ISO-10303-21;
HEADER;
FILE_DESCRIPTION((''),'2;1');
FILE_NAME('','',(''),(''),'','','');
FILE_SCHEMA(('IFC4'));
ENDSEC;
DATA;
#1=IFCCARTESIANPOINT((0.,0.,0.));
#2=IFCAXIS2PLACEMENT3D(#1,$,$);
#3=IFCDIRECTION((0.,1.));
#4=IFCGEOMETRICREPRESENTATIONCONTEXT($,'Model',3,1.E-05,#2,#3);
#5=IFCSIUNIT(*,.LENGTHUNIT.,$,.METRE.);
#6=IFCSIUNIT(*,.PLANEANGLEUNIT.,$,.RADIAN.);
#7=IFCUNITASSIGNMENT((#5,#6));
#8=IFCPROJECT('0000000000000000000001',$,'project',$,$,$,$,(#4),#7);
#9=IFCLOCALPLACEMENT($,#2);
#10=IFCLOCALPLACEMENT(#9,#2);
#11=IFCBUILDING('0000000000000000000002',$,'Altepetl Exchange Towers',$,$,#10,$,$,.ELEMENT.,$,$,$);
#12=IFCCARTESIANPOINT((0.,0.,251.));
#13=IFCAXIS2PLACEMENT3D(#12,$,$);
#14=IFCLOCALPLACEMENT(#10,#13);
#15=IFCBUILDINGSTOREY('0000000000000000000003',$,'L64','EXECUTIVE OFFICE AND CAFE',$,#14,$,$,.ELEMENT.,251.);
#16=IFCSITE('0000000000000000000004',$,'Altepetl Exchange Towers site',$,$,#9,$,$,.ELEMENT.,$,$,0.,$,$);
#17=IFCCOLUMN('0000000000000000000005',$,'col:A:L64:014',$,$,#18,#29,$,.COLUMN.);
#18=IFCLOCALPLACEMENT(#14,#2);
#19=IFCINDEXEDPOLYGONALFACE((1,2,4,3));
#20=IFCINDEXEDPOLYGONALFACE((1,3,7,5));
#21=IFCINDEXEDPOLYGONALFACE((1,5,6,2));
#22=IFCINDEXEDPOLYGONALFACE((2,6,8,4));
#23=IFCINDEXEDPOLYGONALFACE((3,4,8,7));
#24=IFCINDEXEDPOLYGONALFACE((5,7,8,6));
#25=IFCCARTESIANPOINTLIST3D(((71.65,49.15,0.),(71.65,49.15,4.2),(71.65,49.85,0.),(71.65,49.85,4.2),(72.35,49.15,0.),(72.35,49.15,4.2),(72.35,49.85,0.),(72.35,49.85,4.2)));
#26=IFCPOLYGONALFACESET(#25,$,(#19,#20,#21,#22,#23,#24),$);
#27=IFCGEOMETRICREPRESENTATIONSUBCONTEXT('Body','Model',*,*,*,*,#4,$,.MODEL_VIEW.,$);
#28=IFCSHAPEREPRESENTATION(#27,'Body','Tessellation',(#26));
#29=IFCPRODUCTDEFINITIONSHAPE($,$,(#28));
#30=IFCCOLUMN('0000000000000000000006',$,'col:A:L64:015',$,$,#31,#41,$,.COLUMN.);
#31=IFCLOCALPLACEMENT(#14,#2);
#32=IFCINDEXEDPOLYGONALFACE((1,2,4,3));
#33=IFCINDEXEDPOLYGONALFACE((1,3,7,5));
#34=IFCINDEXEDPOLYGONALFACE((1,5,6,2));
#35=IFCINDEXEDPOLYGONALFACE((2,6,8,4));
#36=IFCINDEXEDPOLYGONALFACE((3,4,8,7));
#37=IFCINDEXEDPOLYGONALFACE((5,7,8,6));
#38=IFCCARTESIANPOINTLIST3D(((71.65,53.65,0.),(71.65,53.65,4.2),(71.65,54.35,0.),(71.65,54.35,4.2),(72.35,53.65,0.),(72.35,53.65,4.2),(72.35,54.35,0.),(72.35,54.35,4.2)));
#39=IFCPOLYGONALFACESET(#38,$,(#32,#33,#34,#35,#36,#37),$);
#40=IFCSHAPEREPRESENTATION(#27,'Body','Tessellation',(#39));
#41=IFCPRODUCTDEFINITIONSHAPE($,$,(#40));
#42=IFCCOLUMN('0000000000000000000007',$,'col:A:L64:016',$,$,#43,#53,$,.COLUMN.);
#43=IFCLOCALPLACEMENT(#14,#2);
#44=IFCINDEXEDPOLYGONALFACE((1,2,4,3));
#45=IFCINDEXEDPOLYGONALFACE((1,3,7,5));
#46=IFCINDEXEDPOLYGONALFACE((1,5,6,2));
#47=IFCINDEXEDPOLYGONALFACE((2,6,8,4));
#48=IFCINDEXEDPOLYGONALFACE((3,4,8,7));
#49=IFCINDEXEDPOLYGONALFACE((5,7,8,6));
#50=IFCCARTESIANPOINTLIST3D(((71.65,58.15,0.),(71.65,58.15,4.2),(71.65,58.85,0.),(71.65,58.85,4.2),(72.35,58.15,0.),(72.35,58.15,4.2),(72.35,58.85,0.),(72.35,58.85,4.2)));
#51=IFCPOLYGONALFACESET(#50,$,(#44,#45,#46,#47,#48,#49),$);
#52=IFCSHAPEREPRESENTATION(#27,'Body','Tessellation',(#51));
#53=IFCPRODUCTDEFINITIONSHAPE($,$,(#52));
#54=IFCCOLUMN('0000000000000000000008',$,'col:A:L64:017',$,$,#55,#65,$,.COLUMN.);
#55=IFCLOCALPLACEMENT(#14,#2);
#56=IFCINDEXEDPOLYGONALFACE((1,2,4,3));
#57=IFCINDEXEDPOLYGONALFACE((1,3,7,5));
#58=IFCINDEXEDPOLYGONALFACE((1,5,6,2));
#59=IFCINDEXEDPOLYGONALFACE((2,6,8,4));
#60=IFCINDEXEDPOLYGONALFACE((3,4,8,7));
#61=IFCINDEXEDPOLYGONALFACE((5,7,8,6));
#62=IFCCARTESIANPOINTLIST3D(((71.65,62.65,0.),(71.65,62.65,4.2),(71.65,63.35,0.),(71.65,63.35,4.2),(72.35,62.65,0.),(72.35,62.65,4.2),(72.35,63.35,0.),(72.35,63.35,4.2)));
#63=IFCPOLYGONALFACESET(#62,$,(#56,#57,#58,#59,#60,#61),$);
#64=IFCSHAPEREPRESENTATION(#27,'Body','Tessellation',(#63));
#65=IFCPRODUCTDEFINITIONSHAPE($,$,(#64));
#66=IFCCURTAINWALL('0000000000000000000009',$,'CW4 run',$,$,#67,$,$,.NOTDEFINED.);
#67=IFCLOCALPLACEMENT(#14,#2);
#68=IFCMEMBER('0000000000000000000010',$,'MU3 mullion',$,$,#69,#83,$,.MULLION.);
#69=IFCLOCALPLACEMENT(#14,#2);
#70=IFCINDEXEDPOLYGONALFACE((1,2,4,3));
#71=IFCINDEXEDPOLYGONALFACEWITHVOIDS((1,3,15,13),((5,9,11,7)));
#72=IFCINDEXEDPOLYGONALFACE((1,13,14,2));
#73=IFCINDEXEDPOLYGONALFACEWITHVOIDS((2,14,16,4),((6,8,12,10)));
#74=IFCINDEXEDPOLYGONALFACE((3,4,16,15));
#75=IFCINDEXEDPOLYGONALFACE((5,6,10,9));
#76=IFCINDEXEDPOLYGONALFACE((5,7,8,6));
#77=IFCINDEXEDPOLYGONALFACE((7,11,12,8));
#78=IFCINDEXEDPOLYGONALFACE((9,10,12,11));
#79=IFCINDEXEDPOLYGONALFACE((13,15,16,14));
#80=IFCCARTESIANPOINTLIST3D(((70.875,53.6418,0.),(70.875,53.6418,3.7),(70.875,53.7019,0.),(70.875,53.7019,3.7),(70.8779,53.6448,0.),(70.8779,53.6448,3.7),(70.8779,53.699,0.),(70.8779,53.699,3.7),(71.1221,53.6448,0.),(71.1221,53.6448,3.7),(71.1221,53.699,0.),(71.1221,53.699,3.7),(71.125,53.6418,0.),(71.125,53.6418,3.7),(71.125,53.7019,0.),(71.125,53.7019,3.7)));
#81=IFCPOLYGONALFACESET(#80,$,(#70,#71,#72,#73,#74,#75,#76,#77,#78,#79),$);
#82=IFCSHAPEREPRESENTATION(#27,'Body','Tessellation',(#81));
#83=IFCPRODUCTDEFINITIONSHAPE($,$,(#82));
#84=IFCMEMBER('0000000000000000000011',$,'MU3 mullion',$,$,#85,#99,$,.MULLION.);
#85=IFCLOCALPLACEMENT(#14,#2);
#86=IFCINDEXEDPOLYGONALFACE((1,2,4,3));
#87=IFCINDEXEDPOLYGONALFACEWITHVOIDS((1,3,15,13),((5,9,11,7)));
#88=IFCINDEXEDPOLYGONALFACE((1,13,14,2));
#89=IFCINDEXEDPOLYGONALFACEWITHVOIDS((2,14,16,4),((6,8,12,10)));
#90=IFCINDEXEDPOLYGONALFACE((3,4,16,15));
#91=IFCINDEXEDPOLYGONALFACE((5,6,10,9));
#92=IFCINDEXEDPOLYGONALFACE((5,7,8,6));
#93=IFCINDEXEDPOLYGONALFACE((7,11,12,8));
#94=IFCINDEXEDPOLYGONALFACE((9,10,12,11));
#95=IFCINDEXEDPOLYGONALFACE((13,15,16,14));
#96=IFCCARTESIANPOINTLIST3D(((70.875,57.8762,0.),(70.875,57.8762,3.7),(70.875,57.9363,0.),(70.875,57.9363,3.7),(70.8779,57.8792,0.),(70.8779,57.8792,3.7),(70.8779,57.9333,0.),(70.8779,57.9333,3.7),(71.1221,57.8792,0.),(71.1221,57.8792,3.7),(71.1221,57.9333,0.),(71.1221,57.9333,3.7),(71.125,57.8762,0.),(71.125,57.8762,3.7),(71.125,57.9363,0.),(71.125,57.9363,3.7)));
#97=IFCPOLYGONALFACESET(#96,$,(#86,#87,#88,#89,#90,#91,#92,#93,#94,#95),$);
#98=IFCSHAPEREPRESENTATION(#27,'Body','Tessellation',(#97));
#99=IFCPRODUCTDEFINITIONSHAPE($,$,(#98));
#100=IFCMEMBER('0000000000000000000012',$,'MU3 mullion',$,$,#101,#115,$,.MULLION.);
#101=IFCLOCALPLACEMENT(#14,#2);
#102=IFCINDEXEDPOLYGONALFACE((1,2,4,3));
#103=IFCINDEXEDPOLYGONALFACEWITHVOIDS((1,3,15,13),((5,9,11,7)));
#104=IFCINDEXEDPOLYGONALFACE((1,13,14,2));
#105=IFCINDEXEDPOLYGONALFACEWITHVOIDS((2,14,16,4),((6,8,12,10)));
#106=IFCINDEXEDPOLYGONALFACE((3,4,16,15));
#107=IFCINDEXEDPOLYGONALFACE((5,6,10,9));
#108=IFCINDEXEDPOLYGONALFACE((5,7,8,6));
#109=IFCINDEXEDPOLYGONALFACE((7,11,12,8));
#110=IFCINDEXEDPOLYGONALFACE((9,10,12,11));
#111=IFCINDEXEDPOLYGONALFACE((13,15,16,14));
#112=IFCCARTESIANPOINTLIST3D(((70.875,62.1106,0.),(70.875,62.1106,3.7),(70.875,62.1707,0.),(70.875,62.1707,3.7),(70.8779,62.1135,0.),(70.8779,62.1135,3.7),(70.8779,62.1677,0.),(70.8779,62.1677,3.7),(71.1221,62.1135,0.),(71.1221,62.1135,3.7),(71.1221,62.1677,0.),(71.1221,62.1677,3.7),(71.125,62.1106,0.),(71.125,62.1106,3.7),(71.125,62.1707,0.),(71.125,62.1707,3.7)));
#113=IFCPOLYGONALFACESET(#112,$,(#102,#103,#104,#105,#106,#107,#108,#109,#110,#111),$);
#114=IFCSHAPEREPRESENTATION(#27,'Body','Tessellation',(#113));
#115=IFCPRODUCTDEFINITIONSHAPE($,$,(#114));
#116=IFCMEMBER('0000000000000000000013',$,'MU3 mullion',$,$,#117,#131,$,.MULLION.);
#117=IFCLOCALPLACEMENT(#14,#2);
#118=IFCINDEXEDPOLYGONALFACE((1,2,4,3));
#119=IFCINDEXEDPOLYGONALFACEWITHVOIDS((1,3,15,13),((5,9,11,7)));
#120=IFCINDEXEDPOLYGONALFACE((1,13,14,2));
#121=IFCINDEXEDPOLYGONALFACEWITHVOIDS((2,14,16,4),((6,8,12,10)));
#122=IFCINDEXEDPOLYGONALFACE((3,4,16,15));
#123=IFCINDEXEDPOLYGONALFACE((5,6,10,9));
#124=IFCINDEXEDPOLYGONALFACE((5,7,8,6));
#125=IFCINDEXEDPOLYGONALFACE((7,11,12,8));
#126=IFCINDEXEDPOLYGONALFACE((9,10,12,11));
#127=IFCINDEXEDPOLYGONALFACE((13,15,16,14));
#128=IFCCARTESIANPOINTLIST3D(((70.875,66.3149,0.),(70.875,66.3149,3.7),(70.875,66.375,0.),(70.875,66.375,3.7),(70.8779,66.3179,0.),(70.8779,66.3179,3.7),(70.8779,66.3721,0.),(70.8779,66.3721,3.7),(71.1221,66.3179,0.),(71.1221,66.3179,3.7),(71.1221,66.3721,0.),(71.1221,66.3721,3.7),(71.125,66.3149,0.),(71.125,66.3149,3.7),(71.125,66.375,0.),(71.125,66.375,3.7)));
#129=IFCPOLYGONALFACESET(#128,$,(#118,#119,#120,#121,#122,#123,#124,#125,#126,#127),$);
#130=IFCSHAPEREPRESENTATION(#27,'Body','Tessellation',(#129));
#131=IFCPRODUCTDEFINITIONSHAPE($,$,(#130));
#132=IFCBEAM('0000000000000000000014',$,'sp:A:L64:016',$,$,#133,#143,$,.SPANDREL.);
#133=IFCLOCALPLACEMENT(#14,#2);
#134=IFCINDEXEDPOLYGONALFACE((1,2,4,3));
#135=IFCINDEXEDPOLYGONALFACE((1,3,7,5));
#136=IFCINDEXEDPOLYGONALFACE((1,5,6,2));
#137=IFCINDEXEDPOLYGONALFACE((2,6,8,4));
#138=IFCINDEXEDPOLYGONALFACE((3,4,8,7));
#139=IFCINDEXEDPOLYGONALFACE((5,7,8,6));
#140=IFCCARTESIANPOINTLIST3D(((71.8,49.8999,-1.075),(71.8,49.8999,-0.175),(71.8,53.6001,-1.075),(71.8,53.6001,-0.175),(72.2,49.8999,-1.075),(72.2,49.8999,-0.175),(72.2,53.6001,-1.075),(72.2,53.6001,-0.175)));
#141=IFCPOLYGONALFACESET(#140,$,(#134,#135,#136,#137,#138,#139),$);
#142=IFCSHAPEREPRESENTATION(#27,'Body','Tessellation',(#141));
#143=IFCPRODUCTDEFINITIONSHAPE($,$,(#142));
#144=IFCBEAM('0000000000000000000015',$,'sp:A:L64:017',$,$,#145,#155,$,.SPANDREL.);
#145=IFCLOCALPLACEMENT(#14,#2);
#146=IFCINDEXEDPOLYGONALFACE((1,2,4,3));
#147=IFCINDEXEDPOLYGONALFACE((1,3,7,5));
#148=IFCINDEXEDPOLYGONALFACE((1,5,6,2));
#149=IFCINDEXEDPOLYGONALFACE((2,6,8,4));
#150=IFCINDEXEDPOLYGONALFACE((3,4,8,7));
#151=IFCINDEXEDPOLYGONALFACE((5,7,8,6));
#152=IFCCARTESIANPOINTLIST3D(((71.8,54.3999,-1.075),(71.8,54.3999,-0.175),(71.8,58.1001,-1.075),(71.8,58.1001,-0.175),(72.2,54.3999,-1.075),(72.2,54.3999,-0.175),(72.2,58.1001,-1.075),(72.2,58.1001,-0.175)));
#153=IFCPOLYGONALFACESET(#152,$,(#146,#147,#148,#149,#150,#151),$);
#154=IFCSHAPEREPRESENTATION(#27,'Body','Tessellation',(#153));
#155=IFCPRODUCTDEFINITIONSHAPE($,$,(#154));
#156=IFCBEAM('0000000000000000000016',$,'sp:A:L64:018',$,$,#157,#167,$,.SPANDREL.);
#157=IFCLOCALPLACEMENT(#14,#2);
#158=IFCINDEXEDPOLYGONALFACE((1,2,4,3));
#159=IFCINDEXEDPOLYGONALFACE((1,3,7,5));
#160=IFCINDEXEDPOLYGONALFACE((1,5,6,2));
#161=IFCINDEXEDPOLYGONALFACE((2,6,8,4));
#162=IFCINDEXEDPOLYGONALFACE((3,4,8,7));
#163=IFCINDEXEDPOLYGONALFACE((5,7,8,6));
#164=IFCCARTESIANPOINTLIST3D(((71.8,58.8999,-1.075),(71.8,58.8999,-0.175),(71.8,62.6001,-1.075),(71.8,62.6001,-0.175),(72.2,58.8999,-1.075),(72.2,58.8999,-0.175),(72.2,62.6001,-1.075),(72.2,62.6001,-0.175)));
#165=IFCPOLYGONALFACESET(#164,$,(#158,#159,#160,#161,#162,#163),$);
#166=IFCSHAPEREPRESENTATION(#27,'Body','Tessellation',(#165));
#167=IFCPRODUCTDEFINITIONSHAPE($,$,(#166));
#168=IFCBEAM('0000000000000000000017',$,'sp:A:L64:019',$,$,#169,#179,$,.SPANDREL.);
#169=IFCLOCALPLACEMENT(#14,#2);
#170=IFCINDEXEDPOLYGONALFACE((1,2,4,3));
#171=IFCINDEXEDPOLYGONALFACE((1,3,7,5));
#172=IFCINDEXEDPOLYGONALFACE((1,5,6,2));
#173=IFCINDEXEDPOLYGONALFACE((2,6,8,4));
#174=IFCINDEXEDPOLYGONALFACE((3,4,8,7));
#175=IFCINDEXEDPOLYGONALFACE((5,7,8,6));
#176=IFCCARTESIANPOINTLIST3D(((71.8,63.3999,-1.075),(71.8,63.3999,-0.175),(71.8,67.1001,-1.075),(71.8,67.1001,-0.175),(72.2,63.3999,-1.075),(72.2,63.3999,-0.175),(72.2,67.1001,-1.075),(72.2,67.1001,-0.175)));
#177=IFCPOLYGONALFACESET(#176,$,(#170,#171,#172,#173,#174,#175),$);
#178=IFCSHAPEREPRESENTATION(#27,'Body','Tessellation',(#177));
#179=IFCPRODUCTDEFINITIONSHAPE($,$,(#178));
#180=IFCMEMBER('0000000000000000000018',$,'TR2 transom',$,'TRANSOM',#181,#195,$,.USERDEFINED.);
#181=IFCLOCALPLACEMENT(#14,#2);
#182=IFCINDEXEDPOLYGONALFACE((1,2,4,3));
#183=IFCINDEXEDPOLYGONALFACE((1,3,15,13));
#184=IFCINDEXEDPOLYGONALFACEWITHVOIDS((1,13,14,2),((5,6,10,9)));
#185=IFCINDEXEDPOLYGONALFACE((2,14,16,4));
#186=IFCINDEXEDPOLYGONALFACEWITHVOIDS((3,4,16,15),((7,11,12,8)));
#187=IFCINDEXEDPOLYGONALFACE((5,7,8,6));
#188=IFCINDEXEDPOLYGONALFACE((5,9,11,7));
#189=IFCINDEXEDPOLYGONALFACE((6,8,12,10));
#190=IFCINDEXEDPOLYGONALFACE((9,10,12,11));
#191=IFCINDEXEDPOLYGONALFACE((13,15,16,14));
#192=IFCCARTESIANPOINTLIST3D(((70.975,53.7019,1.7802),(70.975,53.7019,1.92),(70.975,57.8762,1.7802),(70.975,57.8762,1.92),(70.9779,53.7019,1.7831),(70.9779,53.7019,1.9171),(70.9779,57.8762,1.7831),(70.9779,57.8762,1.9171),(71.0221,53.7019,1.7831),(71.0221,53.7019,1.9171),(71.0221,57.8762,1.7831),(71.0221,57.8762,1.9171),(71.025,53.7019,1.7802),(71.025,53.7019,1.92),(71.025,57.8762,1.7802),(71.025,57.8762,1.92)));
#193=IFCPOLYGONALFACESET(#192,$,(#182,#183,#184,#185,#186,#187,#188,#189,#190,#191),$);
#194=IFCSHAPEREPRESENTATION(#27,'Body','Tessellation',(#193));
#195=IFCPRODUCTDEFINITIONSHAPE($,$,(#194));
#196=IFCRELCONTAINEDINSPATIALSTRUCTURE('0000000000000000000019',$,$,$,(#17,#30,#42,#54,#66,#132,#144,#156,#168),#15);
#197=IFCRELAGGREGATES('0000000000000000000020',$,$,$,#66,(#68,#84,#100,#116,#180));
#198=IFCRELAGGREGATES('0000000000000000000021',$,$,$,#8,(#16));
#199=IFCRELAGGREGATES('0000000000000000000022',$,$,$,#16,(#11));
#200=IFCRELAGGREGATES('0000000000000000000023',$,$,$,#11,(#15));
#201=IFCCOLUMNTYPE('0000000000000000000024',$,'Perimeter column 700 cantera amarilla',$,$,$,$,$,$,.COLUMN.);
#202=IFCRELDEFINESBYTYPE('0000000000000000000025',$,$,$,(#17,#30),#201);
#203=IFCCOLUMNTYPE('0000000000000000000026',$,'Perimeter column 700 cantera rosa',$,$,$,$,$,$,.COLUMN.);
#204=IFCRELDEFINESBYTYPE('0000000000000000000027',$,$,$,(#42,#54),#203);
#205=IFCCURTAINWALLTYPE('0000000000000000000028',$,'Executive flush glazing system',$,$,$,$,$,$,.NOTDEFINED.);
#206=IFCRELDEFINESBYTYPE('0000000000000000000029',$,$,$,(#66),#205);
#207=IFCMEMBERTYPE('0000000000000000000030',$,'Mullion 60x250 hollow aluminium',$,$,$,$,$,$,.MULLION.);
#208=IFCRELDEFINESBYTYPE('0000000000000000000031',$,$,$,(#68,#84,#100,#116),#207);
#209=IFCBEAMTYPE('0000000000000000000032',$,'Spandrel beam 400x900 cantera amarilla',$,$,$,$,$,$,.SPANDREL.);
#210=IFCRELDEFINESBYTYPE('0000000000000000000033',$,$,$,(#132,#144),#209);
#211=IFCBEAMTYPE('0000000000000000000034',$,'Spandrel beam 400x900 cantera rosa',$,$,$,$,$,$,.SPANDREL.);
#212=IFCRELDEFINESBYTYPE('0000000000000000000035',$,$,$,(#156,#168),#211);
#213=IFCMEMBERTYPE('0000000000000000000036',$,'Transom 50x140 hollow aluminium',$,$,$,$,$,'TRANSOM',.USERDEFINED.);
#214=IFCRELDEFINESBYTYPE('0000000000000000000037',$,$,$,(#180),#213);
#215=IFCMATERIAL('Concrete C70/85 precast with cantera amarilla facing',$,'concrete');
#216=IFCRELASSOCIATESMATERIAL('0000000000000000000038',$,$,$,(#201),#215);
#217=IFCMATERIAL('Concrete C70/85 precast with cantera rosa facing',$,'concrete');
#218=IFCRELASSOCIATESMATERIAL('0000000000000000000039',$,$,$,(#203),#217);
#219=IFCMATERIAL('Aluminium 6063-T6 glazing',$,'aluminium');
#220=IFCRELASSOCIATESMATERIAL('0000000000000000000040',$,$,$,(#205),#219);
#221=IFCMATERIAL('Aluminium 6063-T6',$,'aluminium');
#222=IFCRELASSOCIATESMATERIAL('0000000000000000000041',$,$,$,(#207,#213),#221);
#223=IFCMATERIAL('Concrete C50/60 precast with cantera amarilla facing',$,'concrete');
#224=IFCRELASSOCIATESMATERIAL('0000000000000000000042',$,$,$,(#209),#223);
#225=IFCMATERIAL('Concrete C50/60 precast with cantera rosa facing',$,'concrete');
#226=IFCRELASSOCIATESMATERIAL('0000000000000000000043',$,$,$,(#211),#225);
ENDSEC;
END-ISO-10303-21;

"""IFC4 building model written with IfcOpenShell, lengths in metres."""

from ifc_helpers import new_model, si_unit, direction, frame, origin, origin_2d, place, context, subcontext, project, spatial, rectangle, hollow_rectangle, extrude, material, material_profile, profile_set, type_object, element, aggregate, save


model = new_model("IFC4")

# Units and contexts
model_context = context("Model", 3, precision=1e-05, world=origin(), true_north=direction((0.0, 1.0)))
body_context = subcontext(model_context, "Body", "Model", "MODEL_VIEW")
ifc_project = project(units=[si_unit("LENGTHUNIT", "METRE"), si_unit("PLANEANGLEUNIT", "RADIAN")], contexts=[model_context])

# Site, building, storey
site_placement = place(None, origin())
site = spatial("IfcSite", under=ifc_project, at=site_placement, Name="Altepetl Exchange Towers site", CompositionType="ELEMENT", RefElevation=0.0)
building_placement = place(site_placement, origin())
building = spatial("IfcBuilding", under=site, at=building_placement, Name="Altepetl Exchange Towers", CompositionType="ELEMENT")
storey_placement = place(building_placement, frame((0.0, 0.0, 251.0)))
storey = spatial("IfcBuildingStorey", under=building, at=storey_placement, Name="L64", Description="EXECUTIVE OFFICE AND CAFE", CompositionType="ELEMENT", Elevation=251.0)

# Columns
ifc_material_1 = material(Name="Concrete C70/85 precast with cantera amarilla facing", Category="concrete")
ifc_material_profile_1 = material_profile(ifc_material_1, rectangle(XDim=0.7, YDim=0.7, at=origin_2d()), Name="700 x 700")
ifc_profile_set_1 = profile_set([ifc_material_profile_1], Name="Concrete C70/85 precast with cantera amarilla facing")
column_type_1 = type_object("IfcColumnType", Name="Perimeter column 700 cantera amarilla", PredefinedType="COLUMN", material=ifc_profile_set_1)
for number, where, name in (
    (1, (72.0, 49.5, 0.0), "col:A:L64:014"),
    (2, (72.0, 54.0, 0.0), "col:A:L64:015"),
):
    element("IfcColumn", number, at=place(storey_placement, frame(where)), inside=storey, type_object=column_type_1, Name=name, PredefinedType="COLUMN", context=body_context, shape_type="SweptSolid", body=[
        extrude(rectangle(XDim=0.7, YDim=0.7, at=origin_2d()), origin(), (0.0, 0.0, 1.0), 4.2),
    ])
ifc_material_2 = material(Name="Concrete C70/85 precast with cantera rosa facing", Category="concrete")
ifc_material_profile_2 = material_profile(ifc_material_2, rectangle(XDim=0.7, YDim=0.7, at=origin_2d()), Name="700 x 700")
ifc_profile_set_2 = profile_set([ifc_material_profile_2], Name="Concrete C70/85 precast with cantera rosa facing")
column_type_2 = type_object("IfcColumnType", Name="Perimeter column 700 cantera rosa", PredefinedType="COLUMN", material=ifc_profile_set_2)
for number, where, name in (
    (3, (72.0, 58.5, 0.0), "col:A:L64:016"),
    (4, (72.0, 63.0, 0.0), "col:A:L64:017"),
):
    element("IfcColumn", number, at=place(storey_placement, frame(where)), inside=storey, type_object=column_type_2, Name=name, PredefinedType="COLUMN", context=body_context, shape_type="SweptSolid", body=[
        extrude(rectangle(XDim=0.7, YDim=0.7, at=origin_2d()), origin(), (0.0, 0.0, 1.0), 4.2),
    ])

# Curtain wall, members
ifc_material_3 = material(Name="Aluminium 6063-T6 glazing", Category="aluminium")
curtain_wall_type = type_object("IfcCurtainWallType", Name="Executive flush glazing system", PredefinedType="NOTDEFINED", material=ifc_material_3)
curtain_wall_placement = place(storey_placement, origin())
curtain_wall = element("IfcCurtainWall", 5, at=curtain_wall_placement, inside=storey, type_object=curtain_wall_type, Name="CW4 run", PredefinedType="NOTDEFINED")
ifc_material_4 = material(Name="Aluminium 6063-T6", Category="aluminium")
ifc_material_profile_3 = material_profile(ifc_material_4, hollow_rectangle(XDim=0.0601, YDim=0.25, WallThickness=0.0029, at=origin_2d()), Name="Mullion 60x250 hollow aluminium")
ifc_profile_set_3 = profile_set([ifc_material_profile_3], Name="Aluminium 6063-T6")
member_type_1 = type_object("IfcMemberType", Name="Mullion 60x250 hollow aluminium", PredefinedType="MULLION", material=ifc_profile_set_3)
member_1_placement = place(storey_placement, frame((71.0, 53.6719, 0.0), z_axis=(0.0, 0.0, 1.0), x_axis=(0.0, 1.0, 0.0)))
member_1 = element("IfcMember", 6, at=member_1_placement, type_object=member_type_1, Name="MU3 mullion", PredefinedType="MULLION", context=body_context, shape_type="SweptSolid", body=[
    extrude(hollow_rectangle(XDim=0.0601, YDim=0.25, WallThickness=0.0029, at=origin_2d()), origin(), (0.0, 0.0, 1.0), 3.7),
])
member_2_placement = place(storey_placement, frame((71.0, 57.9062, 0.0), z_axis=(0.0, 0.0, 1.0), x_axis=(0.0, 1.0, 0.0)))
member_2 = element("IfcMember", 7, at=member_2_placement, type_object=member_type_1, Name="MU3 mullion", PredefinedType="MULLION", context=body_context, shape_type="SweptSolid", body=[
    extrude(hollow_rectangle(XDim=0.0601, YDim=0.25, WallThickness=0.0029, at=origin_2d()), origin(), (0.0, 0.0, 1.0), 3.7),
])
member_3_placement = place(storey_placement, frame((71.0, 62.1406, 0.0), z_axis=(0.0, 0.0, 1.0), x_axis=(0.0, 1.0, 0.0)))
member_3 = element("IfcMember", 8, at=member_3_placement, type_object=member_type_1, Name="MU3 mullion", PredefinedType="MULLION", context=body_context, shape_type="SweptSolid", body=[
    extrude(hollow_rectangle(XDim=0.0601, YDim=0.25, WallThickness=0.0029, at=origin_2d()), origin(), (0.0, 0.0, 1.0), 3.7),
])
member_4_placement = place(storey_placement, frame((71.0, 66.345, 0.0), z_axis=(0.0, 0.0, 1.0), x_axis=(0.0, 1.0, 0.0)))
member_4 = element("IfcMember", 9, at=member_4_placement, type_object=member_type_1, Name="MU3 mullion", PredefinedType="MULLION", context=body_context, shape_type="SweptSolid", body=[
    extrude(hollow_rectangle(XDim=0.0601, YDim=0.25, WallThickness=0.0029, at=origin_2d()), origin(), (0.0, 0.0, 1.0), 3.7),
])

# Beams
ifc_material_5 = material(Name="Concrete C50/60 precast with cantera amarilla facing", Category="concrete")
ifc_material_profile_4 = material_profile(ifc_material_5, rectangle(XDim=0.3999, YDim=0.8999, at=origin_2d()), Name="400 x 900")
ifc_profile_set_4 = profile_set([ifc_material_profile_4], Name="Concrete C50/60 precast with cantera amarilla facing")
beam_type_1 = type_object("IfcBeamType", Name="Spandrel beam 400x900 cantera amarilla", PredefinedType="SPANDREL", material=ifc_profile_set_4)
for number, where, z_axis, x_axis, name in (
    (10, (72.0, 49.8999, -0.625), (0.0, 1.0, 0.0), (-1.0, 0.0, 0.0), "sp:A:L64:016"),
    (11, (72.0, 54.3999, -0.625), (0.0, 1.0, 0.0), (-1.0, 0.0, 0.0), "sp:A:L64:017"),
):
    element("IfcBeam", number, at=place(storey_placement, frame(where, z_axis=z_axis, x_axis=x_axis)), inside=storey, type_object=beam_type_1, Name=name, PredefinedType="SPANDREL", context=body_context, shape_type="SweptSolid", body=[
        extrude(rectangle(XDim=0.3999, YDim=0.8999, at=origin_2d()), origin(), (0.0, 0.0, 1.0), 3.7002),
    ])
ifc_material_6 = material(Name="Concrete C50/60 precast with cantera rosa facing", Category="concrete")
ifc_material_profile_5 = material_profile(ifc_material_6, rectangle(XDim=0.3999, YDim=0.8999, at=origin_2d()), Name="400 x 900")
ifc_profile_set_5 = profile_set([ifc_material_profile_5], Name="Concrete C50/60 precast with cantera rosa facing")
beam_type_2 = type_object("IfcBeamType", Name="Spandrel beam 400x900 cantera rosa", PredefinedType="SPANDREL", material=ifc_profile_set_5)
for number, where, z_axis, x_axis, name in (
    (12, (72.0, 58.8999, -0.625), (0.0, 1.0, 0.0), (-1.0, 0.0, 0.0), "sp:A:L64:018"),
    (13, (72.0, 63.3999, -0.625), (0.0, 1.0, 0.0), (-1.0, 0.0, 0.0), "sp:A:L64:019"),
):
    element("IfcBeam", number, at=place(storey_placement, frame(where, z_axis=z_axis, x_axis=x_axis)), inside=storey, type_object=beam_type_2, Name=name, PredefinedType="SPANDREL", context=body_context, shape_type="SweptSolid", body=[
        extrude(rectangle(XDim=0.3999, YDim=0.8999, at=origin_2d()), origin(), (0.0, 0.0, 1.0), 3.7002),
    ])

# Member
ifc_material_profile_6 = material_profile(ifc_material_4, hollow_rectangle(XDim=0.05, YDim=0.1399, WallThickness=0.0029, at=origin_2d()), Name="Transom 50x140 hollow aluminium")
ifc_profile_set_6 = profile_set([ifc_material_profile_6], Name="Aluminium 6063-T6")
member_type_2 = type_object("IfcMemberType", Name="Transom 50x140 hollow aluminium", ElementType="TRANSOM", PredefinedType="USERDEFINED", material=ifc_profile_set_6)
member_5_placement = place(storey_placement, frame((71.0, 53.7019, 1.8501), z_axis=(0.0, 1.0, 0.0), x_axis=(-1.0, 0.0, 0.0)))
member_5 = element("IfcMember", 14, at=member_5_placement, type_object=member_type_2, Name="TR2 transom", ObjectType="TRANSOM", PredefinedType="USERDEFINED", context=body_context, shape_type="SweptSolid", body=[
    extrude(hollow_rectangle(XDim=0.05, YDim=0.1399, WallThickness=0.0029, at=origin_2d()), origin(), (0.0, 0.0, 1.0), 4.1743),
])

aggregate(curtain_wall, [member_1, member_2, member_3, member_4, member_5])

save(model, "model.ifc")
